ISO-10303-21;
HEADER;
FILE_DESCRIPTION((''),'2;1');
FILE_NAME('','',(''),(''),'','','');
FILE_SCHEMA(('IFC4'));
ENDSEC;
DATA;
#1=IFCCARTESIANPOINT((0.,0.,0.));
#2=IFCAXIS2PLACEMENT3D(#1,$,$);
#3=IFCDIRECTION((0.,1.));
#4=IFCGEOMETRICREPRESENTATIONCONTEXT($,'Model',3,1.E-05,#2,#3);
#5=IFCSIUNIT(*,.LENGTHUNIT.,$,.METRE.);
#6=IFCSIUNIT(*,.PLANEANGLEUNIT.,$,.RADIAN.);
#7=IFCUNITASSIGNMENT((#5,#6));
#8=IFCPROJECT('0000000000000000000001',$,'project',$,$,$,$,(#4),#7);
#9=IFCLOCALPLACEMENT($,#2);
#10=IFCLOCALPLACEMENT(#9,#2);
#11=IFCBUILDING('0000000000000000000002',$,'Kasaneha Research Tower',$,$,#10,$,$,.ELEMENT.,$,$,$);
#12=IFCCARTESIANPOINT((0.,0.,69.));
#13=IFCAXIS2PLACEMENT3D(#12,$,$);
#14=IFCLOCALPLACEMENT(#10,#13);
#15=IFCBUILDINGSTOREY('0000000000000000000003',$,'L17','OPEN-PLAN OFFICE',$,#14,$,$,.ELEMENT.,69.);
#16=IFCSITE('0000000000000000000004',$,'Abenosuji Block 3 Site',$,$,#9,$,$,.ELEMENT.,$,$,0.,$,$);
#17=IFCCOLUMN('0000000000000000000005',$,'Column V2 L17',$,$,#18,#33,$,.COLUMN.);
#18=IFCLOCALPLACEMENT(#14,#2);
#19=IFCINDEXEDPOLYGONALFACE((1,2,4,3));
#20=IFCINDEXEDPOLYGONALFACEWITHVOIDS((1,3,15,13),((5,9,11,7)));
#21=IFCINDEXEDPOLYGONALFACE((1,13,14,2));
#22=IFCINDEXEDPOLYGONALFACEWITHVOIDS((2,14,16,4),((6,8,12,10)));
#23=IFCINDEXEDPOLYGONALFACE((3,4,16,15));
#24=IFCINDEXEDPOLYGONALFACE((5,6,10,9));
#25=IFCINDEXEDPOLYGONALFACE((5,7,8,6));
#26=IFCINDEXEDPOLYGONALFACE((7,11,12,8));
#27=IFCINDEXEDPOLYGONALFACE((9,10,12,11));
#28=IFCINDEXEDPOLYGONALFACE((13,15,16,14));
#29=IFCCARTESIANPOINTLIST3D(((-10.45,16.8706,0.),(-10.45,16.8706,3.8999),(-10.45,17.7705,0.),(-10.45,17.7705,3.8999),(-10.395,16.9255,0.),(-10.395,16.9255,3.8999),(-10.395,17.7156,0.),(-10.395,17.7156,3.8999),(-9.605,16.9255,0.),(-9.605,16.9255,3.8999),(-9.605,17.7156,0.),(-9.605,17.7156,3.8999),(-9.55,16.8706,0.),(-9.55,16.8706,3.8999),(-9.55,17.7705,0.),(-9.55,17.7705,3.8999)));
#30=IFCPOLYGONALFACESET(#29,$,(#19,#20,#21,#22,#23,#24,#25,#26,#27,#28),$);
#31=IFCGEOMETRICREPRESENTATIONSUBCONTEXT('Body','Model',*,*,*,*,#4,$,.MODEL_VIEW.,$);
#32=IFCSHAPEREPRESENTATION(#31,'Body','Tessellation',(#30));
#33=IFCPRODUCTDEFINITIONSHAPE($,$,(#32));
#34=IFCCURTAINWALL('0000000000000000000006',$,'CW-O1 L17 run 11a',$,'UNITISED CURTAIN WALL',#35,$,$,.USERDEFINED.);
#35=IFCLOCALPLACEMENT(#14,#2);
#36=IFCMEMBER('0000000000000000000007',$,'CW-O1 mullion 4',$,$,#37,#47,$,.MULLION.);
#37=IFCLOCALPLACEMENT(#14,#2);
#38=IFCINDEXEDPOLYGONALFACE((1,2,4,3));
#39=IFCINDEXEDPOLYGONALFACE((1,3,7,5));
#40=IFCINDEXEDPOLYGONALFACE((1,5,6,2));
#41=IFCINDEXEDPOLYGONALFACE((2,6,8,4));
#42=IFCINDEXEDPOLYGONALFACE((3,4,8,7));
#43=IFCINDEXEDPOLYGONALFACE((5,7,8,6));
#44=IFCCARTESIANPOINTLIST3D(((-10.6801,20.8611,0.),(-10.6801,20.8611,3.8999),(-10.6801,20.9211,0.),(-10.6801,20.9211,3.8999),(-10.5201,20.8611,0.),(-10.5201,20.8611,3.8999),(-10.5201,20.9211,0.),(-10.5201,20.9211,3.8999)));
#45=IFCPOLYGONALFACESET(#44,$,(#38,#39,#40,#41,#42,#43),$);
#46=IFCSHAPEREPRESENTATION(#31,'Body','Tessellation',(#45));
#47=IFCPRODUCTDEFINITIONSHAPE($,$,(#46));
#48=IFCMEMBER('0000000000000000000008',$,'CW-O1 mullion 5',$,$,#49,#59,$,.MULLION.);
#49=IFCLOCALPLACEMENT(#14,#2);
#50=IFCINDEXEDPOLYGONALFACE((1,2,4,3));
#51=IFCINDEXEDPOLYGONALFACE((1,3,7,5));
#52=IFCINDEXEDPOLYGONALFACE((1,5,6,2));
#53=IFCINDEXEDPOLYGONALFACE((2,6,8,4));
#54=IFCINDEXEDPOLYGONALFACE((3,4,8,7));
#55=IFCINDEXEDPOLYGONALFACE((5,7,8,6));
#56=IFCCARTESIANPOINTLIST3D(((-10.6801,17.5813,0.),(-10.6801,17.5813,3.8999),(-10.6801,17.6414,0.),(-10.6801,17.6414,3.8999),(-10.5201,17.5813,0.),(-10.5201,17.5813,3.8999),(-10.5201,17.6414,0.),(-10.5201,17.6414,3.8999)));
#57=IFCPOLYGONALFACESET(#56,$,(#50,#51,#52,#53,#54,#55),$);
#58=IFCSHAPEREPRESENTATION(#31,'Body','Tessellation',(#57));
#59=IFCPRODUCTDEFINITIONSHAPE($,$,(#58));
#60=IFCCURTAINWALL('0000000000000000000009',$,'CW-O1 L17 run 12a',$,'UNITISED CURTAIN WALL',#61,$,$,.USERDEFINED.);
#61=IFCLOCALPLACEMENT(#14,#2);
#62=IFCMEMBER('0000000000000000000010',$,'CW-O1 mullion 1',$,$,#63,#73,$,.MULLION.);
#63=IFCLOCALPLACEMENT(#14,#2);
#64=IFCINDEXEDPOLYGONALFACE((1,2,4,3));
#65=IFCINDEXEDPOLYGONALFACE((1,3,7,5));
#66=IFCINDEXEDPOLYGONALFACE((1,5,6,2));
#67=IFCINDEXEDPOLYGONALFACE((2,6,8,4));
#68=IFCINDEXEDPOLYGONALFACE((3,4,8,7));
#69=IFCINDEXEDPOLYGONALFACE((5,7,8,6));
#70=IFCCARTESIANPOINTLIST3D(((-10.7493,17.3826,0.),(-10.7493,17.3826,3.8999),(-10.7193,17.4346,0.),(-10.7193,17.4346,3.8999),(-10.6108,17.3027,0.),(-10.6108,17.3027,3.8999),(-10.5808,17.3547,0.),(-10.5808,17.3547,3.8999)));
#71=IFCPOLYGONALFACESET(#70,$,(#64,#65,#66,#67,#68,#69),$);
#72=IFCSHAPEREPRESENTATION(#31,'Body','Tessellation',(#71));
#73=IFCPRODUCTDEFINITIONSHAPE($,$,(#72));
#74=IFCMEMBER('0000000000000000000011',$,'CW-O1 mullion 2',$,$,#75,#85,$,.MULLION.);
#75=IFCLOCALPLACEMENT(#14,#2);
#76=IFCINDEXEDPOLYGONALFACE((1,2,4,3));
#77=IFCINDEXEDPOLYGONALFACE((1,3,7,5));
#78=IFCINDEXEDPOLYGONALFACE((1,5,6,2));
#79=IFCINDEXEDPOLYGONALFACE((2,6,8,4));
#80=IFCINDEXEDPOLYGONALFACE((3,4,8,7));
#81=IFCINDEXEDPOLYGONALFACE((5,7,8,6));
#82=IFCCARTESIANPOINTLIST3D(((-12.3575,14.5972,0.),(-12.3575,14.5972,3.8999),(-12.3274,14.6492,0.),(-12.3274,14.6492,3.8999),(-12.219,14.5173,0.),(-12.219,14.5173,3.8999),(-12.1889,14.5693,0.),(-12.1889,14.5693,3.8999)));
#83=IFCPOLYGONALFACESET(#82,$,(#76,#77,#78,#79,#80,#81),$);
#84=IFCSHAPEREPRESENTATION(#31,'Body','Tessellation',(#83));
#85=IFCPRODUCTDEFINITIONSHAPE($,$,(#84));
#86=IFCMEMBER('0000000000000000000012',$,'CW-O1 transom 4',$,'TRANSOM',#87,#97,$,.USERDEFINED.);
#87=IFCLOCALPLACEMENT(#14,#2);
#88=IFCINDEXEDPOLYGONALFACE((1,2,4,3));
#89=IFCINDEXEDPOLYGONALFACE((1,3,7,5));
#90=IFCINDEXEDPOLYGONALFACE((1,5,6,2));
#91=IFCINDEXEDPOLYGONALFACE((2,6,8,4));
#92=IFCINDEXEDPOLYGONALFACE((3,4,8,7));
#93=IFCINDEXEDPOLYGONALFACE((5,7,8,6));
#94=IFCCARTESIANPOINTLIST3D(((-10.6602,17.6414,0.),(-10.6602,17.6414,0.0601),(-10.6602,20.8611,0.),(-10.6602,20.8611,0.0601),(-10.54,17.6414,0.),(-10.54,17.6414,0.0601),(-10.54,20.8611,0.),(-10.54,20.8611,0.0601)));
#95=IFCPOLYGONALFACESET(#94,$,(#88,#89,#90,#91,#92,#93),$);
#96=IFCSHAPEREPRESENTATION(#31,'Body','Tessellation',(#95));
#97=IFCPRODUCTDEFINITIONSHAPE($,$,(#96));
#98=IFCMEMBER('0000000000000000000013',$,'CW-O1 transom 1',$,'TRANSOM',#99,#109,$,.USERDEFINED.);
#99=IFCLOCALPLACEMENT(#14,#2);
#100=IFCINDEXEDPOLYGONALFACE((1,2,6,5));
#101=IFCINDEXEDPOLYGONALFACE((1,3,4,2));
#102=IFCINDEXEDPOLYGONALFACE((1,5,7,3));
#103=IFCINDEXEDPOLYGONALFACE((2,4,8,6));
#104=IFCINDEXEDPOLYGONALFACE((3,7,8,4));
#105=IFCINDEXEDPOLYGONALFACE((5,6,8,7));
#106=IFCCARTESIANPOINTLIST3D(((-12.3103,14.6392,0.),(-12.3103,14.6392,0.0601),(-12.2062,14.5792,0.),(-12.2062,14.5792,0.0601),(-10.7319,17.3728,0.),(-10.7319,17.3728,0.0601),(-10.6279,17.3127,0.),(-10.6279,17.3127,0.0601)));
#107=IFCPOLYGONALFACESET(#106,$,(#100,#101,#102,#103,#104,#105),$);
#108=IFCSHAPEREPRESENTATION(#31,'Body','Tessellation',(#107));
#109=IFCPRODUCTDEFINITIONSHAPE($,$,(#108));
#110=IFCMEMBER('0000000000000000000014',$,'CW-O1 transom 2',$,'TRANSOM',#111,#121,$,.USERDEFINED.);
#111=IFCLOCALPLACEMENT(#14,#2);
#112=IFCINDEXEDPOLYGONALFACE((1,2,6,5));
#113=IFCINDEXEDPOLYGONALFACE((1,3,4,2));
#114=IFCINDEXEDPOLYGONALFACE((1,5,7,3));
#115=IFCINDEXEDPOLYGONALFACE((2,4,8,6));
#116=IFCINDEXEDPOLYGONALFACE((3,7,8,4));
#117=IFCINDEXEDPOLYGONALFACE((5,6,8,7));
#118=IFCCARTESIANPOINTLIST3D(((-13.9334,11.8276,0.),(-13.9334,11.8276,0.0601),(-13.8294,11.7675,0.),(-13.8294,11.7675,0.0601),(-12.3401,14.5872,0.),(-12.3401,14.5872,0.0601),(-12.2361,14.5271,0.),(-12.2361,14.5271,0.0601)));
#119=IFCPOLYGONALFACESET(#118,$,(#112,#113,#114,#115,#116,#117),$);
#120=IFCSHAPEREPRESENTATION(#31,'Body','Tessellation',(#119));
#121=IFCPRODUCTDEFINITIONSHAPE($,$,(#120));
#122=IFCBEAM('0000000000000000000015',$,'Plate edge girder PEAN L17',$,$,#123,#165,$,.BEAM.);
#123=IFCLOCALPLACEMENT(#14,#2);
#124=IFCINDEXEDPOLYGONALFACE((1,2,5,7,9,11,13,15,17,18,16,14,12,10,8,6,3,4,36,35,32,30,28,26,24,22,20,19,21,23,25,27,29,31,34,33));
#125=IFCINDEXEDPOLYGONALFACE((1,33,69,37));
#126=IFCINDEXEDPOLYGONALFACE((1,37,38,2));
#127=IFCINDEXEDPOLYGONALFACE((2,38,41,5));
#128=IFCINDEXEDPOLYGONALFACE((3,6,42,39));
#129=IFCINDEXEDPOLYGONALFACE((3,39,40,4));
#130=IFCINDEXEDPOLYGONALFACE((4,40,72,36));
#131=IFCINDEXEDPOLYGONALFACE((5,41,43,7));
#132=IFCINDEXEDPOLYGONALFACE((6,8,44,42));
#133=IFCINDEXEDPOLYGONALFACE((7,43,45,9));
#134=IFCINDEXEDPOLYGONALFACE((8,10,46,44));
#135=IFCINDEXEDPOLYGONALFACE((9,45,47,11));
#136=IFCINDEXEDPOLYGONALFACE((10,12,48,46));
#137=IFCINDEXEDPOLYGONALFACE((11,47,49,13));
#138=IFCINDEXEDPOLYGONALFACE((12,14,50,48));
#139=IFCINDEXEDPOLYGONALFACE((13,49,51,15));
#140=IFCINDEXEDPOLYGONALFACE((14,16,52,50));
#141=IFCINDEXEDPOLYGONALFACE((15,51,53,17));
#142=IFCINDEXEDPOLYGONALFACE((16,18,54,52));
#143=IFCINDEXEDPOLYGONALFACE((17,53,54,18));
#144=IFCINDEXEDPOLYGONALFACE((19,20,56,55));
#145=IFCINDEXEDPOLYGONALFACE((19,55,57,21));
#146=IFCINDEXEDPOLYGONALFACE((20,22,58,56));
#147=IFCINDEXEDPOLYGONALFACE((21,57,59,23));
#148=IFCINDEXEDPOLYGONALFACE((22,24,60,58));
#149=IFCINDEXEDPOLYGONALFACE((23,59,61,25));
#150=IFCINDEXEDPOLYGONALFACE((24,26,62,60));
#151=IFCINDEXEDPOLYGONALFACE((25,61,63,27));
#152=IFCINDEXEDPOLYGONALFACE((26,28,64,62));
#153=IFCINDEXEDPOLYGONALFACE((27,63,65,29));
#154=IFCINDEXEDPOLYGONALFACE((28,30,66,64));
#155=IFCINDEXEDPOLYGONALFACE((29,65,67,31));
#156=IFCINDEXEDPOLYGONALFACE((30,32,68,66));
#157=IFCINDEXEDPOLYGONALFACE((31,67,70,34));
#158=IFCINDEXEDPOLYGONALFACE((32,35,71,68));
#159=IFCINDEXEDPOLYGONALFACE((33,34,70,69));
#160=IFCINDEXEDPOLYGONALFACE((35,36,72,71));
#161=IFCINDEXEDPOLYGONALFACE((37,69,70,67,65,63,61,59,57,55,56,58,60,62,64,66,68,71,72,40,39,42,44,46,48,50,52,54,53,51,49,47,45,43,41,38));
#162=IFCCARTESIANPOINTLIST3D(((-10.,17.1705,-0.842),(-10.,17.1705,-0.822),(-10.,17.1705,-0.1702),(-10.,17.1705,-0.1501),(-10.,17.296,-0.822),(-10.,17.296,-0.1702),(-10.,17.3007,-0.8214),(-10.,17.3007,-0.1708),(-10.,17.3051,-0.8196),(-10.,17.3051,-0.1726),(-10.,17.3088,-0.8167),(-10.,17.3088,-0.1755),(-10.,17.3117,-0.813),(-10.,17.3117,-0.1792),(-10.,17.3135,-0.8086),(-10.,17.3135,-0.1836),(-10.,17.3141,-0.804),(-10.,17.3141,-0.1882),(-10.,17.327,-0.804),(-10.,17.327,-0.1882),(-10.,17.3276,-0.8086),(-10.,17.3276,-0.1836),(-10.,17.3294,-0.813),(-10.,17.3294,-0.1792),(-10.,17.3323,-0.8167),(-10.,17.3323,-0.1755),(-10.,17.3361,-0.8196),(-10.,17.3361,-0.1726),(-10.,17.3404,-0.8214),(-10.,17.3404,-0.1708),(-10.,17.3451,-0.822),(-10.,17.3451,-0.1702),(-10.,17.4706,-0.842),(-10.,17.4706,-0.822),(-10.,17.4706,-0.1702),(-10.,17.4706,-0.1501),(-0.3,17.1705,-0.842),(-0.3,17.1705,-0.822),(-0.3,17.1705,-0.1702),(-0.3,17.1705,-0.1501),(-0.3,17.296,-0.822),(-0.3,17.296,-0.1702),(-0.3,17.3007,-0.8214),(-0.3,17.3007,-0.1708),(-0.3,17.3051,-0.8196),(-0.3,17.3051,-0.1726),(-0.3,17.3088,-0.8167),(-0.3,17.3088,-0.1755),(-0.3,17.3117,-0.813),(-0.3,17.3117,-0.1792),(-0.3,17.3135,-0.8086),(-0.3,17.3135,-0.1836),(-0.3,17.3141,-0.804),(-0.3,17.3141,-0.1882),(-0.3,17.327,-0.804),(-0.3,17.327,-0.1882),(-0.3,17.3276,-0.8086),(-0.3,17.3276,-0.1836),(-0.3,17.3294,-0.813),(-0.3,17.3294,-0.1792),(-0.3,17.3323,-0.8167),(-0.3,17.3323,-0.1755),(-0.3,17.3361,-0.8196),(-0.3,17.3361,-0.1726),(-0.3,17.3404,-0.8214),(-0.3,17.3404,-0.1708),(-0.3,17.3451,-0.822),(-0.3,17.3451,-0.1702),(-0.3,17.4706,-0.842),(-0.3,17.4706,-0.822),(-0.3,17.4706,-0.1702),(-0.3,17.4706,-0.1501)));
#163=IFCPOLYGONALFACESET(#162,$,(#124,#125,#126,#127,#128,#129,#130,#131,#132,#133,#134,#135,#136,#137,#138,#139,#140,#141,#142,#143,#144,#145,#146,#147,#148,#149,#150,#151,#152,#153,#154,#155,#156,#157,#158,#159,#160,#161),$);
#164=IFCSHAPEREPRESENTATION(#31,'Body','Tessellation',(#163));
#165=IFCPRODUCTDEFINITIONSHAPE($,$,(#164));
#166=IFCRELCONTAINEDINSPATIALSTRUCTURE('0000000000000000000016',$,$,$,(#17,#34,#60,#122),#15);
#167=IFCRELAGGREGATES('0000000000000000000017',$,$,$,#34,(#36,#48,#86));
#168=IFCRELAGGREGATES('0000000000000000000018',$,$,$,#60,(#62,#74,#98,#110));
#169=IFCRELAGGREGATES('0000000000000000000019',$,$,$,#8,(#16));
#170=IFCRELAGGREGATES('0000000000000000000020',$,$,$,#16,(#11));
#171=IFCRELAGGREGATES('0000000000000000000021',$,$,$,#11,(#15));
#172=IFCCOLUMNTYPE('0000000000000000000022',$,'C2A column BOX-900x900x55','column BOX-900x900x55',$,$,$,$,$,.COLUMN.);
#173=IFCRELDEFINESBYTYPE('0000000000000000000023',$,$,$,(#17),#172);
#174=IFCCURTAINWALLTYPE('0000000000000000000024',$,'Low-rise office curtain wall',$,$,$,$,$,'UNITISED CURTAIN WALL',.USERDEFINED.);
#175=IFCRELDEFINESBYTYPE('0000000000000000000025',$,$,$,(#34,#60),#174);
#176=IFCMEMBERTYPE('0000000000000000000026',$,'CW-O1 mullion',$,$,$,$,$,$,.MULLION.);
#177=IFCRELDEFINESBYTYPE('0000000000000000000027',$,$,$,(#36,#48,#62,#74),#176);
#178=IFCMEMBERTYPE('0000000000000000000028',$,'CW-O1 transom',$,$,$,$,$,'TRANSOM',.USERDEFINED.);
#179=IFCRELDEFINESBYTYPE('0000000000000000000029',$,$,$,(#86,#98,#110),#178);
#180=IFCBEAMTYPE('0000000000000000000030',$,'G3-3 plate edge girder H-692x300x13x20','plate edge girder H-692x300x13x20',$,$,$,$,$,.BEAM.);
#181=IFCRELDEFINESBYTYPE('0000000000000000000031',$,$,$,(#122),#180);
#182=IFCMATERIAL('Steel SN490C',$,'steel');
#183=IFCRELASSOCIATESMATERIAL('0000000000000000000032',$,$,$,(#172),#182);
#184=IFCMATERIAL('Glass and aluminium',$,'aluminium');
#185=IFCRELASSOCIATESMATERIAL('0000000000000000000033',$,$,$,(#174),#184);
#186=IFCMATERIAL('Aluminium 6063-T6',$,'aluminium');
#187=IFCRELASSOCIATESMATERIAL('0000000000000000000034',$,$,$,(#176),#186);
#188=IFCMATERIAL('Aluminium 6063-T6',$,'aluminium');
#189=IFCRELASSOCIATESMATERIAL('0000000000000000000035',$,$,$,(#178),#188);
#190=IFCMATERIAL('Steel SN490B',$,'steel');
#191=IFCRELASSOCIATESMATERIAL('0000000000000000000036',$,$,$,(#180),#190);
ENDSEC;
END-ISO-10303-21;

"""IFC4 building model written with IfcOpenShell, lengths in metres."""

from ifc_helpers import new_model, si_unit, direction, frame, origin, origin_2d, place, context, subcontext, project, spatial, rectangle, hollow_rectangle, i_section, extrude, material, material_profile, profile_set, type_object, element, aggregate, save


model = new_model("IFC4")

# Units and contexts
model_context = context("Model", 3, precision=1e-05, world=origin(), true_north=direction((0.0, 1.0)))
body_context = subcontext(model_context, "Body", "Model", "MODEL_VIEW")
ifc_project = project(units=[si_unit("LENGTHUNIT", "METRE"), si_unit("PLANEANGLEUNIT", "RADIAN")], contexts=[model_context])

# Site, building, storey
site_placement = place(None, origin())
site = spatial("IfcSite", under=ifc_project, at=site_placement, Name="Abenosuji Block 3 Site", CompositionType="ELEMENT", RefElevation=0.0)
building_placement = place(site_placement, origin())
building = spatial("IfcBuilding", under=site, at=building_placement, Name="Kasaneha Research Tower", CompositionType="ELEMENT")
storey_placement = place(building_placement, frame((0.0, 0.0, 69.0)))
storey = spatial("IfcBuildingStorey", under=building, at=storey_placement, Name="L17", Description="OPEN-PLAN OFFICE", CompositionType="ELEMENT", Elevation=69.0)

# Column
ifc_material_1 = material(Name="Steel SN490C", Category="steel")
ifc_material_profile_1 = material_profile(ifc_material_1, hollow_rectangle(XDim=0.8999, YDim=0.8999, WallThickness=0.0549, at=origin_2d()), Name="BOX-900x900x55")
ifc_profile_set_1 = profile_set([ifc_material_profile_1], Name="Steel SN490C")
column_type = type_object("IfcColumnType", Name="C2A column BOX-900x900x55", Description="column BOX-900x900x55", PredefinedType="COLUMN", material=ifc_profile_set_1)
column_placement = place(storey_placement, frame((-10.0, 17.3206, 0.0), z_axis=(0.0, 0.0, 1.0), x_axis=(1.0, 0.0, 0.0)))
element("IfcColumn", 1, at=column_placement, inside=storey, type_object=column_type, Name="Column V2 L17", PredefinedType="COLUMN", context=body_context, shape_type="SweptSolid", body=[
    extrude(hollow_rectangle(XDim=0.8999, YDim=0.8999, WallThickness=0.0549, at=origin_2d()), origin(), (0.0, 0.0, 1.0), 3.8999),
])

# Curtain walls, members
ifc_material_2 = material(Name="Glass and aluminium", Category="aluminium")
curtain_wall_type = type_object("IfcCurtainWallType", Name="Low-rise office curtain wall", ElementType="UNITISED CURTAIN WALL", PredefinedType="USERDEFINED", material=ifc_material_2)
curtain_wall_1_placement = place(storey_placement, origin())
curtain_wall_1 = element("IfcCurtainWall", 2, at=curtain_wall_1_placement, inside=storey, type_object=curtain_wall_type, Name="CW-O1 L17 run 11a", ObjectType="UNITISED CURTAIN WALL", PredefinedType="USERDEFINED")
ifc_material_3 = material(Name="Aluminium 6063-T6", Category="aluminium")
ifc_material_profile_2 = material_profile(ifc_material_3, rectangle(XDim=0.0601, YDim=0.1599, at=origin_2d()), Name="CW-O1 mullion 60x160")
ifc_profile_set_2 = profile_set([ifc_material_profile_2], Name="Aluminium 6063-T6")
member_type_1 = type_object("IfcMemberType", Name="CW-O1 mullion", PredefinedType="MULLION", material=ifc_profile_set_2)
member_1_placement = place(storey_placement, frame((-10.6001, 20.8911, 0.0), z_axis=(0.0, 0.0, 1.0), x_axis=(0.0, -1.0, 0.0)))
member_1 = element("IfcMember", 3, at=member_1_placement, type_object=member_type_1, Name="CW-O1 mullion 4", PredefinedType="MULLION", context=body_context, shape_type="SweptSolid", body=[
    extrude(rectangle(XDim=0.0601, YDim=0.1599, at=origin_2d()), origin(), (0.0, 0.0, 1.0), 3.8999),
])
member_2_placement = place(storey_placement, frame((-10.6001, 17.6113, 0.0), z_axis=(0.0, 0.0, 1.0), x_axis=(0.0, -1.0, 0.0)))
member_2 = element("IfcMember", 4, at=member_2_placement, type_object=member_type_1, Name="CW-O1 mullion 5", PredefinedType="MULLION", context=body_context, shape_type="SweptSolid", body=[
    extrude(rectangle(XDim=0.0601, YDim=0.1599, at=origin_2d()), origin(), (0.0, 0.0, 1.0), 3.8999),
])
curtain_wall_2_placement = place(storey_placement, origin())
curtain_wall_2 = element("IfcCurtainWall", 5, at=curtain_wall_2_placement, inside=storey, type_object=curtain_wall_type, Name="CW-O1 L17 run 12a", ObjectType="UNITISED CURTAIN WALL", PredefinedType="USERDEFINED")
member_3_placement = place(storey_placement, frame((-10.665, 17.3687, 0.0), z_axis=(0.0, 0.0, 1.0), x_axis=(-0.5, -0.866025, 0.0)))
member_3 = element("IfcMember", 6, at=member_3_placement, type_object=member_type_1, Name="CW-O1 mullion 1", PredefinedType="MULLION", context=body_context, shape_type="SweptSolid", body=[
    extrude(rectangle(XDim=0.0601, YDim=0.1599, at=origin_2d()), origin(), (0.0, 0.0, 1.0), 3.8999),
])
member_4_placement = place(storey_placement, frame((-12.2732, 14.5833, 0.0), z_axis=(0.0, 0.0, 1.0), x_axis=(-0.5, -0.866025, 0.0)))
member_4 = element("IfcMember", 7, at=member_4_placement, type_object=member_type_1, Name="CW-O1 mullion 2", PredefinedType="MULLION", context=body_context, shape_type="SweptSolid", body=[
    extrude(rectangle(XDim=0.0601, YDim=0.1599, at=origin_2d()), origin(), (0.0, 0.0, 1.0), 3.8999),
])

# Members
ifc_material_4 = material(Name="Aluminium 6063-T6", Category="aluminium")
ifc_material_profile_3 = material_profile(ifc_material_4, rectangle(XDim=0.1201, YDim=0.0601, at=origin_2d()), Name="CW-O1 transom 120x60")
ifc_profile_set_3 = profile_set([ifc_material_profile_3], Name="Aluminium 6063-T6")
member_type_2 = type_object("IfcMemberType", Name="CW-O1 transom", ElementType="TRANSOM", PredefinedType="USERDEFINED", material=ifc_profile_set_3)
member_5_placement = place(storey_placement, frame((-10.6001, 20.8611, 0.03), z_axis=(0.0, -1.0, 0.0), x_axis=(1.0, 0.0, 0.0)))
member_5 = element("IfcMember", 8, at=member_5_placement, type_object=member_type_2, Name="CW-O1 transom 4", ObjectType="TRANSOM", PredefinedType="USERDEFINED", context=body_context, shape_type="SweptSolid", body=[
    extrude(rectangle(XDim=0.1201, YDim=0.0601, at=origin_2d()), origin(), (0.0, 0.0, 1.0), 3.2197),
])
member_6_placement = place(storey_placement, frame((-10.6799, 17.3428, 0.03), z_axis=(-0.500024, -0.866012, 0.0), x_axis=(0.866012, -0.500024, 0.0)))
member_6 = element("IfcMember", 9, at=member_6_placement, type_object=member_type_2, Name="CW-O1 transom 1", ObjectType="TRANSOM", PredefinedType="USERDEFINED", context=body_context, shape_type="SweptSolid", body=[
    extrude(rectangle(XDim=0.1201, YDim=0.0601, at=origin_2d()), origin(), (0.0, 0.0, 1.0), 3.1565),
])
member_7_placement = place(storey_placement, frame((-12.2881, 14.5571, 0.03), z_axis=(-0.500012, -0.866018, 0.0), x_axis=(0.866018, -0.500012, 0.0)))
member_7 = element("IfcMember", 10, at=member_7_placement, type_object=member_type_2, Name="CW-O1 transom 2", ObjectType="TRANSOM", PredefinedType="USERDEFINED", context=body_context, shape_type="SweptSolid", body=[
    extrude(rectangle(XDim=0.1201, YDim=0.0601, at=origin_2d()), origin(), (0.0, 0.0, 1.0), 3.1865),
])

# Beam
ifc_material_5 = material(Name="Steel SN490B", Category="steel")
ifc_material_profile_4 = material_profile(ifc_material_5, i_section(OverallWidth=0.3, OverallDepth=0.6919, WebThickness=0.0129, FlangeThickness=0.02, FilletRadius=0.0181, at=origin_2d()), Name="H-692x300x13x20")
ifc_profile_set_4 = profile_set([ifc_material_profile_4], Name="Steel SN490B")
beam_type_1 = type_object("IfcBeamType", Name="G3-3 plate edge girder H-692x300x13x20", Description="plate edge girder H-692x300x13x20", PredefinedType="BEAM", material=ifc_profile_set_4)
beam_1_placement = place(storey_placement, frame((-10.0, 17.3206, -0.4961), z_axis=(1.0, 0.0, 0.0), x_axis=(0.0, 1.0, 0.0)))
element("IfcBeam", 11, at=beam_1_placement, inside=storey, type_object=beam_type_1, Name="Plate edge girder PEAN L17", PredefinedType="BEAM", context=body_context, shape_type="SweptSolid", body=[
    extrude(i_section(OverallWidth=0.3, OverallDepth=0.6919, WebThickness=0.0129, FlangeThickness=0.02, FilletRadius=0.0181, at=origin_2d()), origin(), (0.0, 0.0, 1.0), 9.7),
])

aggregate(curtain_wall_1, [member_1, member_2, member_5])
aggregate(curtain_wall_2, [member_3, member_4, member_6, member_7])

save(model, "model.ifc")
